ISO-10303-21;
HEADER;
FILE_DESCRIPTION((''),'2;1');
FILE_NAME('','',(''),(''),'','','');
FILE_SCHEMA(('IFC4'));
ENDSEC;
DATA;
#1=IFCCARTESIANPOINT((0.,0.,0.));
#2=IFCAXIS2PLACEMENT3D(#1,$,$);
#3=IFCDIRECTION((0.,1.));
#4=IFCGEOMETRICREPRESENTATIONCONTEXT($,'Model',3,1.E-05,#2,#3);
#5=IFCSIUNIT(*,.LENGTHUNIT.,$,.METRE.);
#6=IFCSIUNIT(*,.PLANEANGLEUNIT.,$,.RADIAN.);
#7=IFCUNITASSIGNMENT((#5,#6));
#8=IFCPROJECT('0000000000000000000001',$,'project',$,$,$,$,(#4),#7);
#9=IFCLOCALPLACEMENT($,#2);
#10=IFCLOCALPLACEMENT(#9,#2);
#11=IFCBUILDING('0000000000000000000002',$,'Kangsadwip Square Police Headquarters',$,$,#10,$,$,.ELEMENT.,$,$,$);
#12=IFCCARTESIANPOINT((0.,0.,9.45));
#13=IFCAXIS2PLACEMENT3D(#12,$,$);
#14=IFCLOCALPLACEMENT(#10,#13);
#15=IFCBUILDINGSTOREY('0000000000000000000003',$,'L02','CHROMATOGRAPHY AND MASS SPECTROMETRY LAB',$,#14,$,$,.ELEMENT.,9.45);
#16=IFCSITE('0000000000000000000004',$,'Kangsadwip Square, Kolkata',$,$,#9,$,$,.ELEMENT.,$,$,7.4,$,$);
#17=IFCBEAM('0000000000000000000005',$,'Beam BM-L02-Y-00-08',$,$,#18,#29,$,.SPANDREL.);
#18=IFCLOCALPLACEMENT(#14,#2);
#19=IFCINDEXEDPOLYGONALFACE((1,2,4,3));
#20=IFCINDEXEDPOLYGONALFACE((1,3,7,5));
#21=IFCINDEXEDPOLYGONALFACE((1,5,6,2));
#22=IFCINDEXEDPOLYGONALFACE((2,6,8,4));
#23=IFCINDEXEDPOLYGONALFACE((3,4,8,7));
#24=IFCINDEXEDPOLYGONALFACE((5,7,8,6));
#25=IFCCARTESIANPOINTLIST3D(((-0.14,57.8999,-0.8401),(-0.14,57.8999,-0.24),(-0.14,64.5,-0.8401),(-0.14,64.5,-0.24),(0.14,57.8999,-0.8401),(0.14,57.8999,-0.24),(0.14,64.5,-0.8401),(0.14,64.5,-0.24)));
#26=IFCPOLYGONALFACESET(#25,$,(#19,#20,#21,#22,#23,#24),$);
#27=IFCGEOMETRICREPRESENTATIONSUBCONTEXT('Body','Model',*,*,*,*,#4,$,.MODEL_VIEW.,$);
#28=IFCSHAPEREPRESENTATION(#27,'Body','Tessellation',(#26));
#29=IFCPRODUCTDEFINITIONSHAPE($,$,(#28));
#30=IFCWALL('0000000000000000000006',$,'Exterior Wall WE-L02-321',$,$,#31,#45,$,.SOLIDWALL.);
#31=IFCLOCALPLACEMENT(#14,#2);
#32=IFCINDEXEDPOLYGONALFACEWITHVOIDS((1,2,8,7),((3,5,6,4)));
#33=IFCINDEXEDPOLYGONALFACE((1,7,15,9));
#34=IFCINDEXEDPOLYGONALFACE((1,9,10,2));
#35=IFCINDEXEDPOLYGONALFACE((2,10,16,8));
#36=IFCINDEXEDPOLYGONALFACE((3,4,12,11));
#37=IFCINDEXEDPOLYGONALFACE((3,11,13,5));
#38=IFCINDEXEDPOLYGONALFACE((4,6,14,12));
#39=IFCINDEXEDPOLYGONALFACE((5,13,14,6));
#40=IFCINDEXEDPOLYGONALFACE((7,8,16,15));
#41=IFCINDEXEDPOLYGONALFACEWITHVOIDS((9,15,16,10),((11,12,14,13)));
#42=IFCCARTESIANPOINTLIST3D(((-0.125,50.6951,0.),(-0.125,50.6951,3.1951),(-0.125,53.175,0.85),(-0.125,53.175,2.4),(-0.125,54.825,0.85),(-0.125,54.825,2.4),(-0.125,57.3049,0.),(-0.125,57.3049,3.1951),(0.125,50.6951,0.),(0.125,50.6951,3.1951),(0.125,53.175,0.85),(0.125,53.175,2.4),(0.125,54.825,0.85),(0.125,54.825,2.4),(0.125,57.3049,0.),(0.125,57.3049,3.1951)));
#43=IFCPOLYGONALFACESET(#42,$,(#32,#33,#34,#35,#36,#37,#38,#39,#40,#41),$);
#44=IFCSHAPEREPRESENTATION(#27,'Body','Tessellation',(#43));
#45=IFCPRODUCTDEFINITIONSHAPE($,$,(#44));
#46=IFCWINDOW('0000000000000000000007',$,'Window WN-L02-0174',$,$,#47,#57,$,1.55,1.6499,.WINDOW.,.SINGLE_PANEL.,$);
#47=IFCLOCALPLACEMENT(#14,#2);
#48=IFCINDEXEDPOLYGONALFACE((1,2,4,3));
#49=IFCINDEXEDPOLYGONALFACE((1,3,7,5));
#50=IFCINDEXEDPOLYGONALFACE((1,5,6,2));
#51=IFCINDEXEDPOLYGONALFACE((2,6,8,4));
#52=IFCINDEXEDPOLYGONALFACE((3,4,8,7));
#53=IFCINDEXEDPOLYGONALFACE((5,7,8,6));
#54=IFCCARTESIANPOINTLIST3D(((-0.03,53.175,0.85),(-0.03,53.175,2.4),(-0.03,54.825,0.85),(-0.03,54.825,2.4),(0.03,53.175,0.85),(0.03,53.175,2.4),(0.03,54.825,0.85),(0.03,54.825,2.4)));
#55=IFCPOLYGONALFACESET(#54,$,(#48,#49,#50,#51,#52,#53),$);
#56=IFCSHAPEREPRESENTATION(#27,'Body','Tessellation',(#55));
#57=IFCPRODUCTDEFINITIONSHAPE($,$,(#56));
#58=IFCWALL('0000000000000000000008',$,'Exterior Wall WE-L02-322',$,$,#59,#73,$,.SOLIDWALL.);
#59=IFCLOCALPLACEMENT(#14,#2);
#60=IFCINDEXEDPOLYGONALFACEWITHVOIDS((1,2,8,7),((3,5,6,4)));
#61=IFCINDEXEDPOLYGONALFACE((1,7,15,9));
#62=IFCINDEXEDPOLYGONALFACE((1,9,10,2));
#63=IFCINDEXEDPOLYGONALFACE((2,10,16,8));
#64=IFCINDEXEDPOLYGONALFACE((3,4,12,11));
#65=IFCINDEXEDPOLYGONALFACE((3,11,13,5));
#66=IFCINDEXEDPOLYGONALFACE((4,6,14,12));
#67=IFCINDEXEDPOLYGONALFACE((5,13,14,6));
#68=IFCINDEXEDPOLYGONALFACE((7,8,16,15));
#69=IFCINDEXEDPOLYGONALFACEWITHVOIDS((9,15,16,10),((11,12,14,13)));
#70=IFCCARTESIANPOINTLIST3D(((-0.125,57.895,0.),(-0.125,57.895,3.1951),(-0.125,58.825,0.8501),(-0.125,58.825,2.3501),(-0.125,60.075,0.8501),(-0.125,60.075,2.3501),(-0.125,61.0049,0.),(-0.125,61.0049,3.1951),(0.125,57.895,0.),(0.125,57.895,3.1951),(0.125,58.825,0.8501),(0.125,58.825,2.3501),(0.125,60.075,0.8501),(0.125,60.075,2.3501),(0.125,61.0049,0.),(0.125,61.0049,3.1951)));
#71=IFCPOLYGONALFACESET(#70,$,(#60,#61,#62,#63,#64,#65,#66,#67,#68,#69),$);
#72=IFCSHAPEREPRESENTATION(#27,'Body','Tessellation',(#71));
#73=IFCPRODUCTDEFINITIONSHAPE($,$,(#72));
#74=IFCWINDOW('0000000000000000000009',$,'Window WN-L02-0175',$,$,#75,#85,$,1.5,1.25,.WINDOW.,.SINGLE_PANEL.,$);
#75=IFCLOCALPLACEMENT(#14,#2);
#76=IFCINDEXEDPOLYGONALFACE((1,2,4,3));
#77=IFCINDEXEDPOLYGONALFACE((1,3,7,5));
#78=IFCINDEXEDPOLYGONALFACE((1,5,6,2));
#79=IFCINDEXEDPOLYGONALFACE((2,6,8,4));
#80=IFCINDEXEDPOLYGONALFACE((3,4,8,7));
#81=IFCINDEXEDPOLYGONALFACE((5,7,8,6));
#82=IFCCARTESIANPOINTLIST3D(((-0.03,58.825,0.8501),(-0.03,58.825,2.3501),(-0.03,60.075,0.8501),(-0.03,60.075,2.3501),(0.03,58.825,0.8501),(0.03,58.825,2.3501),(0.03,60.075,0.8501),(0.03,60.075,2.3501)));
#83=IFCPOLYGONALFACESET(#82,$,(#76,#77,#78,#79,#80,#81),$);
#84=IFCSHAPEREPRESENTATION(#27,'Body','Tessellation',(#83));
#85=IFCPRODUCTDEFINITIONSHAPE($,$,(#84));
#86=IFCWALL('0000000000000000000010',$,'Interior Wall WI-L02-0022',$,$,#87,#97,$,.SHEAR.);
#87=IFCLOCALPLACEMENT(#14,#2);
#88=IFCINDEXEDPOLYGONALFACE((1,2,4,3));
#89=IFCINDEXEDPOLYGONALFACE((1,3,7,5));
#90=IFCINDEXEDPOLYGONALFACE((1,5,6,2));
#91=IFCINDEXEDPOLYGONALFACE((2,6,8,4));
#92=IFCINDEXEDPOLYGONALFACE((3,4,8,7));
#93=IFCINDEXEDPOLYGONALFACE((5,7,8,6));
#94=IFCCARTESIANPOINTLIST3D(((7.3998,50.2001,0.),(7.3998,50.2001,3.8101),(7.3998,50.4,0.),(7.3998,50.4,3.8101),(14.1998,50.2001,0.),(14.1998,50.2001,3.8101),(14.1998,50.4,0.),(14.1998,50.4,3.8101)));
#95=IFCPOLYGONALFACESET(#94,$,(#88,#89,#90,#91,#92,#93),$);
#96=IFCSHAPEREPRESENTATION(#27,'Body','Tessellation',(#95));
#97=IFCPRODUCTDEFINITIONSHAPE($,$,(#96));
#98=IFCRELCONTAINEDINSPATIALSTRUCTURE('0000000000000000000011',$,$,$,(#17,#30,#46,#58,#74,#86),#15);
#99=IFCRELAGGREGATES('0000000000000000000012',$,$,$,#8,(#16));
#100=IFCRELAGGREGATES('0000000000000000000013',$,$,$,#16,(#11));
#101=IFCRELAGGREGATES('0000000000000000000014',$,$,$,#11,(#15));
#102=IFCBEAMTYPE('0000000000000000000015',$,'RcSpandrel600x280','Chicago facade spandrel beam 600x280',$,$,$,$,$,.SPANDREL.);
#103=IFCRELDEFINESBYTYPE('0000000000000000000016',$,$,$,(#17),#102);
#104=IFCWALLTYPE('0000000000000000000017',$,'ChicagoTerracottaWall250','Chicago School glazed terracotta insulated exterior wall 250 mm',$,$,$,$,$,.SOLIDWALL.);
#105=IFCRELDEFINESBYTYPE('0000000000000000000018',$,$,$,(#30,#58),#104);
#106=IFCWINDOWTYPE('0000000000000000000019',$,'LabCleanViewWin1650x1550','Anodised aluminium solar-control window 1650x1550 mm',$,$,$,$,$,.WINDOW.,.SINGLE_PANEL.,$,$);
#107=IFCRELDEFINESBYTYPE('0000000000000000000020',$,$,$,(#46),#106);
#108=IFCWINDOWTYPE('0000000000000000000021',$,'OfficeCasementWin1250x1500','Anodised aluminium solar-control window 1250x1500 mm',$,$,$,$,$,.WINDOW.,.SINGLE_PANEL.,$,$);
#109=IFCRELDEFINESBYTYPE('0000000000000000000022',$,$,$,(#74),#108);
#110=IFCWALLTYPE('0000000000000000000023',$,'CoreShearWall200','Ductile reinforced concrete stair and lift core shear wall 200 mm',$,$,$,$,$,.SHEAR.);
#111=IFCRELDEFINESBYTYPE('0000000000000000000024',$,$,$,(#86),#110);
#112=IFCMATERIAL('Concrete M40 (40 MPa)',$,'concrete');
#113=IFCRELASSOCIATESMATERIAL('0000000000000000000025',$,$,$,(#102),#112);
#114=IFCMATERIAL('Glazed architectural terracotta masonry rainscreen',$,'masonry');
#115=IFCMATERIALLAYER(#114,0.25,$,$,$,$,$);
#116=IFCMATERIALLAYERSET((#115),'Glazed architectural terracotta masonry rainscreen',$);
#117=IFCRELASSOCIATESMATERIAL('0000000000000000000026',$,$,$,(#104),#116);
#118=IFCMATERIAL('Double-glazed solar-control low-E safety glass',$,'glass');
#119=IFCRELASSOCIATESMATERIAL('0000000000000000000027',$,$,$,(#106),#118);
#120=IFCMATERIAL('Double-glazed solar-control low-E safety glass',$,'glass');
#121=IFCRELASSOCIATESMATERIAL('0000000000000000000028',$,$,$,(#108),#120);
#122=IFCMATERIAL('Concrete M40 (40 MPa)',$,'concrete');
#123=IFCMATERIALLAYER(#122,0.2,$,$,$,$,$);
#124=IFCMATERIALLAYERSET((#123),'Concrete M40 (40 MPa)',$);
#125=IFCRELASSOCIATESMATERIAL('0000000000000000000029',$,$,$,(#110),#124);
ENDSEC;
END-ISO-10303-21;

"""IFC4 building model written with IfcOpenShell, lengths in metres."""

from ifc_helpers import new_model, si_unit, direction, frame, frame_2d, origin, origin_2d, place, context, subcontext, project, spatial, rectangle, extrude, material, layer, layer_set, material_profile, profile_set, type_object, element, fill, save


model = new_model("IFC4")

# Units and contexts
model_context = context("Model", 3, precision=1e-05, world=origin(), true_north=direction((0.0, 1.0)))
body_context = subcontext(model_context, "Body", "Model", "MODEL_VIEW")
ifc_project = project(units=[si_unit("LENGTHUNIT", "METRE"), si_unit("PLANEANGLEUNIT", "RADIAN")], contexts=[model_context])

# Site, building, storey
site_placement = place(None, origin())
site = spatial("IfcSite", under=ifc_project, at=site_placement, Name="Kangsadwip Square, Kolkata", CompositionType="ELEMENT", RefElevation=7.4)
building_placement = place(site_placement, origin())
building = spatial("IfcBuilding", under=site, at=building_placement, Name="Kangsadwip Square Police Headquarters", CompositionType="ELEMENT")
storey_placement = place(building_placement, frame((0.0, 0.0, 9.45)))
storey = spatial("IfcBuildingStorey", under=building, at=storey_placement, Name="L02", Description="CHROMATOGRAPHY AND MASS SPECTROMETRY LAB", CompositionType="ELEMENT", Elevation=9.45)

# Beam
ifc_material_1 = material(Name="Concrete M40 (40 MPa)", Category="concrete")
ifc_material_profile_1 = material_profile(ifc_material_1, rectangle(XDim=0.28, YDim=0.6001, at=origin_2d()), Name="RC SPN 600X280")
ifc_profile_set_1 = profile_set([ifc_material_profile_1], Name="Concrete M40 (40 MPa)")
beam_type_1 = type_object("IfcBeamType", Name="RcSpandrel600x280", Description="Chicago facade spandrel beam 600x280", PredefinedType="SPANDREL", material=ifc_profile_set_1)
for number, where, z_axis, x_axis, name in (
    (1, (0.0, 57.8999, -0.54), (0.0, 1.0, 0.0), (-1.0, 0.0, 0.0), "Beam BM-L02-Y-00-08"),
):
    element("IfcBeam", number, at=place(storey_placement, frame(where, z_axis=z_axis, x_axis=x_axis)), inside=storey, type_object=beam_type_1, Name=name, PredefinedType="SPANDREL", context=body_context, shape_type="SweptSolid", body=[
        extrude(rectangle(XDim=0.28, YDim=0.6001, at=origin_2d()), origin(), (0.0, 0.0, 1.0), 6.6001),
    ])

# Walls, openings, windows
ifc_material_2 = material(Name="Glazed architectural terracotta masonry rainscreen", Category="masonry")
ifc_layer_1 = layer(ifc_material_2, 0.25)
ifc_layer_set_1 = layer_set([ifc_layer_1], Name="Glazed architectural terracotta masonry rainscreen")
wall_type_1 = type_object("IfcWallType", Name="ChicagoTerracottaWall250", Description="Chicago School glazed terracotta insulated exterior wall 250 mm", PredefinedType="SOLIDWALL", material=ifc_layer_set_1)
wall_1_placement = place(storey_placement, frame((0.0, 50.6951, 0.0), z_axis=(0.0, 0.0, 1.0), x_axis=(0.0, 1.0, 0.0)))
wall_1 = element("IfcWall", 2, at=wall_1_placement, inside=storey, type_object=wall_type_1, Name="Exterior Wall WE-L02-321", PredefinedType="SOLIDWALL", context=body_context, shape_type="SweptSolid", body=[
    extrude(rectangle(XDim=6.6099, YDim=0.25, at=frame_2d((3.3049, 0.0))), origin(), (0.0, 0.0, 1.0), 3.1951),
])
opening_1_placement = place(wall_1_placement, frame((2.48, 0.0, 0.8501)))
opening_1 = element("IfcOpeningElement", 3, at=opening_1_placement, cuts=wall_1, PredefinedType="OPENING", context=body_context, shape_type="SweptSolid", body=[
    extrude(rectangle(XDim=1.6499, YDim=1.55, at=frame_2d((0.825, 0.7749))), frame((0.0, 0.135, 0.0), z_axis=(0.0, -1.0, 0.0), x_axis=(1.0, 0.0, 0.0)), (0.0, 0.0, 1.0), 0.27),
])
ifc_material_3 = material(Name="Double-glazed solar-control low-E safety glass", Category="glass")
window_type_1 = type_object("IfcWindowType", Name="LabCleanViewWin1650x1550", Description="Anodised aluminium solar-control window 1650x1550 mm", PartitioningType="SINGLE_PANEL", PredefinedType="WINDOW", material=ifc_material_3)
window_1_placement = place(opening_1_placement, origin())
window_1 = element("IfcWindow", 4, at=window_1_placement, inside=storey, type_object=window_type_1, Name="Window WN-L02-0174", OverallHeight=1.55, OverallWidth=1.6499, PartitioningType="SINGLE_PANEL", PredefinedType="WINDOW", context=body_context, shape_type="SweptSolid", body=[
    extrude(rectangle(XDim=1.6499, YDim=1.55, at=frame_2d((0.825, 0.7749))), frame((0.0, 0.03, 0.0), z_axis=(0.0, -1.0, 0.0), x_axis=(1.0, 0.0, 0.0)), (0.0, 0.0, 1.0), 0.0601),
])
fill(opening_1, window_1)
wall_2_placement = place(storey_placement, frame((0.0, 57.895, 0.0), z_axis=(0.0, 0.0, 1.0), x_axis=(0.0, 1.0, 0.0)))
wall_2 = element("IfcWall", 5, at=wall_2_placement, inside=storey, type_object=wall_type_1, Name="Exterior Wall WE-L02-322", PredefinedType="SOLIDWALL", context=body_context, shape_type="SweptSolid", body=[
    extrude(rectangle(XDim=3.1099, YDim=0.25, at=frame_2d((1.5549, 0.0))), origin(), (0.0, 0.0, 1.0), 3.1951),
])
opening_2_placement = place(wall_2_placement, frame((0.9299, 0.0, 0.8501)))
opening_2 = element("IfcOpeningElement", 6, at=opening_2_placement, cuts=wall_2, PredefinedType="OPENING", context=body_context, shape_type="SweptSolid", body=[
    extrude(rectangle(XDim=1.25, YDim=1.5, at=frame_2d((0.625, 0.75))), frame((0.0, 0.135, 0.0), z_axis=(0.0, -1.0, 0.0), x_axis=(1.0, 0.0, 0.0)), (0.0, 0.0, 1.0), 0.27),
])
ifc_material_4 = material(Name="Double-glazed solar-control low-E safety glass", Category="glass")
window_type_2 = type_object("IfcWindowType", Name="OfficeCasementWin1250x1500", Description="Anodised aluminium solar-control window 1250x1500 mm", PartitioningType="SINGLE_PANEL", PredefinedType="WINDOW", material=ifc_material_4)
window_2_placement = place(opening_2_placement, origin())
window_2 = element("IfcWindow", 7, at=window_2_placement, inside=storey, type_object=window_type_2, Name="Window WN-L02-0175", OverallHeight=1.5, OverallWidth=1.25, PartitioningType="SINGLE_PANEL", PredefinedType="WINDOW", context=body_context, shape_type="SweptSolid", body=[
    extrude(rectangle(XDim=1.25, YDim=1.5, at=frame_2d((0.625, 0.75))), frame((0.0, 0.03, 0.0), z_axis=(0.0, -1.0, 0.0), x_axis=(1.0, 0.0, 0.0)), (0.0, 0.0, 1.0), 0.0601),
])
fill(opening_2, window_2)

# Wall
ifc_material_5 = material(Name="Concrete M40 (40 MPa)", Category="concrete")
ifc_layer_2 = layer(ifc_material_5, 0.2)
ifc_layer_set_2 = layer_set([ifc_layer_2], Name="Concrete M40 (40 MPa)")
wall_type_2 = type_object("IfcWallType", Name="CoreShearWall200", Description="Ductile reinforced concrete stair and lift core shear wall 200 mm", PredefinedType="SHEAR", material=ifc_layer_set_2)
wall_3_placement = place(storey_placement, frame((7.3999, 50.3, 0.0), z_axis=(0.0, 0.0, 1.0), x_axis=(1.0, 0.0, 0.0)))
element("IfcWall", 8, at=wall_3_placement, inside=storey, type_object=wall_type_2, Name="Interior Wall WI-L02-0022", PredefinedType="SHEAR", context=body_context, shape_type="SweptSolid", body=[
    extrude(rectangle(XDim=6.8, YDim=0.2, at=frame_2d((3.3999, 0.0))), origin(), (0.0, 0.0, 1.0), 3.8101),
])

save(model, "model.ifc")
